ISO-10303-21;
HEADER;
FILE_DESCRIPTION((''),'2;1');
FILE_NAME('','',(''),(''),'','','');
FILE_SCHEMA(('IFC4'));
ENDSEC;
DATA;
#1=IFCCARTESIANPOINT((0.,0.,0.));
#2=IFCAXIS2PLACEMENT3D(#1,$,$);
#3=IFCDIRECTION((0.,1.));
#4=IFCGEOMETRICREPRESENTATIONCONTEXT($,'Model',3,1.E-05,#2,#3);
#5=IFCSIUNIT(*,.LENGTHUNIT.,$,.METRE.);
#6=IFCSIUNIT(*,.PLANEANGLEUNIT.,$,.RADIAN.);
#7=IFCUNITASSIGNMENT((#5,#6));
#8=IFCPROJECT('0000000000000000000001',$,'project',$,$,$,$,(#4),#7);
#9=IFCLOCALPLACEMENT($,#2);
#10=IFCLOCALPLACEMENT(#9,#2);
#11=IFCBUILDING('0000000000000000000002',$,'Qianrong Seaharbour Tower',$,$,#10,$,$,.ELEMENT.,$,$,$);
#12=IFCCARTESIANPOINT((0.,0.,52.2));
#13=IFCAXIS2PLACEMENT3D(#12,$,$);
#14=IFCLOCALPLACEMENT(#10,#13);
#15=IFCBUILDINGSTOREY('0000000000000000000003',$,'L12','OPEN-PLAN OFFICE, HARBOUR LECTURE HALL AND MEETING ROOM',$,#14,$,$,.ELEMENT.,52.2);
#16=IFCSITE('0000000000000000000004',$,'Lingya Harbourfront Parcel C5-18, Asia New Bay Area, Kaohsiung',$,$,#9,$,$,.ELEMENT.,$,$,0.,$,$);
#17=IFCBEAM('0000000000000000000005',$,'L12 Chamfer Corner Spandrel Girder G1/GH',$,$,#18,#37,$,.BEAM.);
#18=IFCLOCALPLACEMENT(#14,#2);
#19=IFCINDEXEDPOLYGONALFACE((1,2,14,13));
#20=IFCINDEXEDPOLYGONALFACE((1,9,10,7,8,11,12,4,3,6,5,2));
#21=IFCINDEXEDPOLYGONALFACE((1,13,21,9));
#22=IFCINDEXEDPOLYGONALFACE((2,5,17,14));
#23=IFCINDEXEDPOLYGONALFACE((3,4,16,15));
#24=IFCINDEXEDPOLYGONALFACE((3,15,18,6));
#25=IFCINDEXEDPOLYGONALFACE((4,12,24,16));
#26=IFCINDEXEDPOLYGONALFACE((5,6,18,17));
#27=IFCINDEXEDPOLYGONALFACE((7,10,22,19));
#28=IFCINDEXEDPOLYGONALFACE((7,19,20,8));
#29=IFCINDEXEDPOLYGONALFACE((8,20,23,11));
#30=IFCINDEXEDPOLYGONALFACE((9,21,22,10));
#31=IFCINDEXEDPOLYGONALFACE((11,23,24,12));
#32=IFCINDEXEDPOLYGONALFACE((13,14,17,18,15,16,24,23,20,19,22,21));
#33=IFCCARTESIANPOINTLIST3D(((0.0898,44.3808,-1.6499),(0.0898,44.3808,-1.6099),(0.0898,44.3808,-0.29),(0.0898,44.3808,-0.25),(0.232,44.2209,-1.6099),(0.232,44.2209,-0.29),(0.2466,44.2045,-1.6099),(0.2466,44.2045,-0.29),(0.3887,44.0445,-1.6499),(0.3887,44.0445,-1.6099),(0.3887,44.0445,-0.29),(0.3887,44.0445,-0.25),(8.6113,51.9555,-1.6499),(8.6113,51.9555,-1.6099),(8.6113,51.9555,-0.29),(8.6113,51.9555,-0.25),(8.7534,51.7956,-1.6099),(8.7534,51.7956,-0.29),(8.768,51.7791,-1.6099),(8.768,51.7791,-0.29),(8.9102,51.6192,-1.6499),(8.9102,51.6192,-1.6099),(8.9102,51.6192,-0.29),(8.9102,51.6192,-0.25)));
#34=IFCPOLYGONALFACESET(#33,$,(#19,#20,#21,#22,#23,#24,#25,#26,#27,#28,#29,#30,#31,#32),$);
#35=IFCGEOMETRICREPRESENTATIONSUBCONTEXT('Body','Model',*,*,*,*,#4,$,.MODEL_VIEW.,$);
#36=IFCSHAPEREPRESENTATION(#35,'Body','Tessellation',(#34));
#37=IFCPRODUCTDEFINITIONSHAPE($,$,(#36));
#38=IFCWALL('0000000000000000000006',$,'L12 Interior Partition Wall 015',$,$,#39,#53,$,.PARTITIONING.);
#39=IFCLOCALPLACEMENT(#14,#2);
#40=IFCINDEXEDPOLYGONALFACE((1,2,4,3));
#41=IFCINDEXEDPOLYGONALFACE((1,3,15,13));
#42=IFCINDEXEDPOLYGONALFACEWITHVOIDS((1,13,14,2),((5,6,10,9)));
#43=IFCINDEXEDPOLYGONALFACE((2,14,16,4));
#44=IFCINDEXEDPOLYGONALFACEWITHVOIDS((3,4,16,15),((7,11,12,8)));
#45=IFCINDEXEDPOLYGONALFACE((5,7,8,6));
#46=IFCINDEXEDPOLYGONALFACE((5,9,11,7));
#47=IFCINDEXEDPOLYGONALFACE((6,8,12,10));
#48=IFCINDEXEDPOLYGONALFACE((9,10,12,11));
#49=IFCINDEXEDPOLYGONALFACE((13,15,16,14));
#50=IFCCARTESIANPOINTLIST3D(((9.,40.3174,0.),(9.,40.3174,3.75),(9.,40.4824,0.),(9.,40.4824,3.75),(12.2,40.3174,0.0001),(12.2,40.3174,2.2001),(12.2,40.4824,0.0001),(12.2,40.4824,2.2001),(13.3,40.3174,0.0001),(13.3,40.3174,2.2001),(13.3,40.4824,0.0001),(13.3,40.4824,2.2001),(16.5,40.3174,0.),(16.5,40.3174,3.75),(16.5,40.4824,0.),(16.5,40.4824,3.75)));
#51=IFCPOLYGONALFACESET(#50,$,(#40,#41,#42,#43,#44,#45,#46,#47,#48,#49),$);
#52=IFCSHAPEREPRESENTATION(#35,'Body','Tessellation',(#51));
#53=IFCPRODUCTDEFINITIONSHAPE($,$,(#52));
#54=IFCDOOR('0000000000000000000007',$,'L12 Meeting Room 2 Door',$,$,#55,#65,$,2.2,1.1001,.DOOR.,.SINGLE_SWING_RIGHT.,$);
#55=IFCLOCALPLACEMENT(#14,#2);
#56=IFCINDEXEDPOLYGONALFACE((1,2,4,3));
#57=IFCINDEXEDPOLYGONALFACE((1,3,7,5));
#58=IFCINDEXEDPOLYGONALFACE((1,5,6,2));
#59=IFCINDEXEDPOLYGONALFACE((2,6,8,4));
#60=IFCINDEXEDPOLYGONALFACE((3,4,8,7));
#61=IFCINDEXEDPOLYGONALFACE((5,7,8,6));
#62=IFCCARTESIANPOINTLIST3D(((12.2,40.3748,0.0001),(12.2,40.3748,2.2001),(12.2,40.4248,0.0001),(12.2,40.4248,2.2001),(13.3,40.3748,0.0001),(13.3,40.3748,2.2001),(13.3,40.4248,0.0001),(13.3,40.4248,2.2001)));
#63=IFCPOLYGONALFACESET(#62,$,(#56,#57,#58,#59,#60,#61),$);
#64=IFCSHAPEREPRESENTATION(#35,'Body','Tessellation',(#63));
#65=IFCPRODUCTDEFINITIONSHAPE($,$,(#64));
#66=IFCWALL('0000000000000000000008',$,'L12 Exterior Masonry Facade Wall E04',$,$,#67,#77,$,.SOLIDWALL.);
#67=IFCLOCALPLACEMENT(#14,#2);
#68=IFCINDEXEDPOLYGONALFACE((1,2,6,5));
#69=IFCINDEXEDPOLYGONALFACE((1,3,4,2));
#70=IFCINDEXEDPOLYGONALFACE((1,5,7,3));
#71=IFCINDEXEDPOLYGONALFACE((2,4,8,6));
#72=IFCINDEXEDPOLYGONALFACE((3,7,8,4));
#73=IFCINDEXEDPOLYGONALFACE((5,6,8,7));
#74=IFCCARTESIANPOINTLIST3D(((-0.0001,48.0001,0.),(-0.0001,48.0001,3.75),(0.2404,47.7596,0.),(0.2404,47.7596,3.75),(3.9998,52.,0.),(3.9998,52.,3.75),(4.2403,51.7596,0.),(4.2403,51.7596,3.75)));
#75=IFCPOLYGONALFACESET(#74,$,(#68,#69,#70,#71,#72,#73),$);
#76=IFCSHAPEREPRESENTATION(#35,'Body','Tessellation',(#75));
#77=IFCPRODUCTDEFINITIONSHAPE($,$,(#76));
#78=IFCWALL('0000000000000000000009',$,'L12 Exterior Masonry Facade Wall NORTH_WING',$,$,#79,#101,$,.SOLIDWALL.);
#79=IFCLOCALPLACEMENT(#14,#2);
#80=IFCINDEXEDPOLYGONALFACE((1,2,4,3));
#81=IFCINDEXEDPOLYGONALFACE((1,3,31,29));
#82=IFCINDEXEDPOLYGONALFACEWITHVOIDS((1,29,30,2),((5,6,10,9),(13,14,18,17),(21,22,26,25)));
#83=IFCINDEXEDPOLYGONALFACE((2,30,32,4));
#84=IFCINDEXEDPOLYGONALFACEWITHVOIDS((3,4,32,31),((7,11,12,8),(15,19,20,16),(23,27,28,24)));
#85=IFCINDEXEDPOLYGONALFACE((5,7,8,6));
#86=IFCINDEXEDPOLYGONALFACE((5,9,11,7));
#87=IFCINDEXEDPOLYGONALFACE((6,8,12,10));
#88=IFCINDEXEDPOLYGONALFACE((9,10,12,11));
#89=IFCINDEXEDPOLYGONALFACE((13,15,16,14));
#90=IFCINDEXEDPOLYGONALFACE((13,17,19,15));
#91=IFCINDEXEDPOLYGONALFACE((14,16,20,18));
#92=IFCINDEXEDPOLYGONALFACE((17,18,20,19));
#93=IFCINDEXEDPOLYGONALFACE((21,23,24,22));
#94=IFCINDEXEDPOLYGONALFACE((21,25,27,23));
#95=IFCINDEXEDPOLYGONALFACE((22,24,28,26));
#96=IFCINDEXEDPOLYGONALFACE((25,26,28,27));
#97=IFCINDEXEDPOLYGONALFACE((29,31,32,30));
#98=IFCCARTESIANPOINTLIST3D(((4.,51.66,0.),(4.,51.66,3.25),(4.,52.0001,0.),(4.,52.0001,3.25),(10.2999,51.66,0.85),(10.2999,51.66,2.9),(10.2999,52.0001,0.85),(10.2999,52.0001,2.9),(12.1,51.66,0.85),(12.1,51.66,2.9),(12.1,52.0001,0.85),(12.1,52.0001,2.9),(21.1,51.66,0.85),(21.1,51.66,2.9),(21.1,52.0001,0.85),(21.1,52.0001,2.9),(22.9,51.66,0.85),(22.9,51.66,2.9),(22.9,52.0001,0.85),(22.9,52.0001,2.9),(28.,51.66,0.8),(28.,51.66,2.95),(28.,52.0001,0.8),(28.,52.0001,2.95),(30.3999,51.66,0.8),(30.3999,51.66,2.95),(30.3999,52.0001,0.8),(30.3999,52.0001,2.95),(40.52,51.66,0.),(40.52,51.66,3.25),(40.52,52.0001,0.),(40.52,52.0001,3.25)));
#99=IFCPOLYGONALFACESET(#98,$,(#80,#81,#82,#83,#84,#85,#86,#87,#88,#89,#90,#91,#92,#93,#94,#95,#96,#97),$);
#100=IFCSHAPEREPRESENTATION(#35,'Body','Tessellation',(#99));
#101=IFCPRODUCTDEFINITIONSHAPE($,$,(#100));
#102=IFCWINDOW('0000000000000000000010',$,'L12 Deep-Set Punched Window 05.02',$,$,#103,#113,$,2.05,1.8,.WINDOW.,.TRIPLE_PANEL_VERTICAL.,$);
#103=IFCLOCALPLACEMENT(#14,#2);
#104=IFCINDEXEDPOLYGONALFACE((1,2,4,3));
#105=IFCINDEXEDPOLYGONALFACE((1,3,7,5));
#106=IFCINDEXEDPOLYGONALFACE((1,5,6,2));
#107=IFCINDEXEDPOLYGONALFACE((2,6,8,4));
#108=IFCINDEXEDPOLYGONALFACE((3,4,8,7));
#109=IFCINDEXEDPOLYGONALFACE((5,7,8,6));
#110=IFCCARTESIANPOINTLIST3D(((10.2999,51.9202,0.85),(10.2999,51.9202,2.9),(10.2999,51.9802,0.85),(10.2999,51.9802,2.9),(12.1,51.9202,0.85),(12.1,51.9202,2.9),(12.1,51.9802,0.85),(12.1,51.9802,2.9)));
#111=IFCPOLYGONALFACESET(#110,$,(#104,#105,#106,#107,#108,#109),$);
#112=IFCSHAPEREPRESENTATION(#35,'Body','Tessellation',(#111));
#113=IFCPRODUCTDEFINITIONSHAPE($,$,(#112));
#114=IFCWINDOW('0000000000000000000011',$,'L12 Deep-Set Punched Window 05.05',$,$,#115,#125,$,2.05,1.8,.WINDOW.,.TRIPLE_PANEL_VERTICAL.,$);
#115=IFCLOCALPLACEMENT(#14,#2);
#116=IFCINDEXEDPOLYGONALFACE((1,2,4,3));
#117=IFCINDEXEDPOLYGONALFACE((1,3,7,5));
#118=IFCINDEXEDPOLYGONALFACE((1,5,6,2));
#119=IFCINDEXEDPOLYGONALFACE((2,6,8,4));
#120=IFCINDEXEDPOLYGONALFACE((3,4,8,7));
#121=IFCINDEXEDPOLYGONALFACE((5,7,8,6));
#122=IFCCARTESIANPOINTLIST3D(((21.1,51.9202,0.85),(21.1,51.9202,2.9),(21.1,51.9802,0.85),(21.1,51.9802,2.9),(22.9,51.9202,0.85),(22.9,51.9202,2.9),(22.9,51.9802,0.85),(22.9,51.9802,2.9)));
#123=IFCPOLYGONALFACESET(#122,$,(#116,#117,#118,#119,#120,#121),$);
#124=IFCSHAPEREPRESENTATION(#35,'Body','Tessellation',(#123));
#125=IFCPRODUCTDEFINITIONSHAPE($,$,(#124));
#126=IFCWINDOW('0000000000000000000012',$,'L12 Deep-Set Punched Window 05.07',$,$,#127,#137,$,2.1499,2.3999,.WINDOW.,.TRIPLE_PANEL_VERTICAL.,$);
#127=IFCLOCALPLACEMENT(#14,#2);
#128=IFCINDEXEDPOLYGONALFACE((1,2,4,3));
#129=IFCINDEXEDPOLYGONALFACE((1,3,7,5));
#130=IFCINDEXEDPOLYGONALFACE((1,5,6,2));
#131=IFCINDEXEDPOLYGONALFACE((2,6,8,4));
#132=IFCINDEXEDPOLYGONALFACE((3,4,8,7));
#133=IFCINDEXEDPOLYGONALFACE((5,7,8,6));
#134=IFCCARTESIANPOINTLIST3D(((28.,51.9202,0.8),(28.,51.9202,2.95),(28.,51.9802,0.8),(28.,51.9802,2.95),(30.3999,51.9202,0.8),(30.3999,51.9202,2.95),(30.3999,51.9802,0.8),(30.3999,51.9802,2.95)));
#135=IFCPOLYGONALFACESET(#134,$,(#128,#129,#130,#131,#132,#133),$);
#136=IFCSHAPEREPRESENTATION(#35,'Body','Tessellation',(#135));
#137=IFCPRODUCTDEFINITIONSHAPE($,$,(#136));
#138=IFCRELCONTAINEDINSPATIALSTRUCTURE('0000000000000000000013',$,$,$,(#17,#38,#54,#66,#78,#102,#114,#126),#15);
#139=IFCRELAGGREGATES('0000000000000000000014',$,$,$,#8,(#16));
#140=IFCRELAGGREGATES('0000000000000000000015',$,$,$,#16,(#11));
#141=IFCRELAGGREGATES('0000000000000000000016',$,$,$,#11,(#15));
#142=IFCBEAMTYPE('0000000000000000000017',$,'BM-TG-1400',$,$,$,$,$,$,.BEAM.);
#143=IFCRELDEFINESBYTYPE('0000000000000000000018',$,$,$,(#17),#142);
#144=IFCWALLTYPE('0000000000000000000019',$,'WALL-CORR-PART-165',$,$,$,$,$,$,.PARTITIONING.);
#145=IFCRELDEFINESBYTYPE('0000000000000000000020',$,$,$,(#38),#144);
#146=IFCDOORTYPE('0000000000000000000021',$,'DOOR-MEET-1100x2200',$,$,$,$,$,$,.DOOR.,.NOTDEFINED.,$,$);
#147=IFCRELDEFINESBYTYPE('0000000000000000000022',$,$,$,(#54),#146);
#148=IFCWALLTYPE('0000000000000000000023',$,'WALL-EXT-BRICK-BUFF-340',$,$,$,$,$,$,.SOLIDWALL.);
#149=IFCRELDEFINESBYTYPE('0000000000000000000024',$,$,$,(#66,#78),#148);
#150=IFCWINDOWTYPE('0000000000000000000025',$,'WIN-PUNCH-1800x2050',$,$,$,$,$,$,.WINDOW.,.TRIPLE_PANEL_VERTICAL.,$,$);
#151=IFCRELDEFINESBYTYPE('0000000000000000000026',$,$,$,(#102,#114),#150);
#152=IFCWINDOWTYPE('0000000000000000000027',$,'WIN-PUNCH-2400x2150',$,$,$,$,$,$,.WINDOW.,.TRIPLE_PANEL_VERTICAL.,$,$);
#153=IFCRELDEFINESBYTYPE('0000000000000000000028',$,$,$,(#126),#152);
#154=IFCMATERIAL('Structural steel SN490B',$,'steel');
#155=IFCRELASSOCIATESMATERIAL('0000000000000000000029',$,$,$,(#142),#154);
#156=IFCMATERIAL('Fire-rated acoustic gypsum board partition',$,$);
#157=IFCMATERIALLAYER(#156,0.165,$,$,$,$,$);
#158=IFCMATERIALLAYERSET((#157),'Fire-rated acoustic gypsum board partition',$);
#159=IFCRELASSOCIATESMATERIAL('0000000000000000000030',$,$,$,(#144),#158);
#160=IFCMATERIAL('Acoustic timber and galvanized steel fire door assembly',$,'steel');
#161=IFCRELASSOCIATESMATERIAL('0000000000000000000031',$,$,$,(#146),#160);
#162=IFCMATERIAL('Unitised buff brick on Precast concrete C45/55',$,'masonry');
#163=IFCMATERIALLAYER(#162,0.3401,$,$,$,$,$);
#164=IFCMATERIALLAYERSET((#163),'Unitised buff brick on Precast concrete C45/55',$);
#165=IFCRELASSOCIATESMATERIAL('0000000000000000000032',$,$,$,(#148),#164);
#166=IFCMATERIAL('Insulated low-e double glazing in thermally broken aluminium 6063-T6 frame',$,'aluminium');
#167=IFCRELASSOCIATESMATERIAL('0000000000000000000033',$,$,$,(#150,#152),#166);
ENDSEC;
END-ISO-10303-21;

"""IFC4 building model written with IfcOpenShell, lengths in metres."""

from ifc_helpers import new_model, si_unit, direction, frame, frame_2d, origin, origin_2d, place, context, subcontext, project, spatial, rectangle, i_section, extrude, material, layer, layer_set, material_profile, profile_set, type_object, element, fill, save


model = new_model("IFC4")

# Units and contexts
model_context = context("Model", 3, precision=1e-05, world=origin(), true_north=direction((0.0, 1.0)))
body_context = subcontext(model_context, "Body", "Model", "MODEL_VIEW")
ifc_project = project(units=[si_unit("LENGTHUNIT", "METRE"), si_unit("PLANEANGLEUNIT", "RADIAN")], contexts=[model_context])

# Site, building, storey
site_placement = place(None, origin())
site = spatial("IfcSite", under=ifc_project, at=site_placement, Name="Lingya Harbourfront Parcel C5-18, Asia New Bay Area, Kaohsiung", CompositionType="ELEMENT", RefElevation=0.0)
building_placement = place(site_placement, origin())
building = spatial("IfcBuilding", under=site, at=building_placement, Name="Qianrong Seaharbour Tower", CompositionType="ELEMENT")
storey_placement = place(building_placement, frame((0.0, 0.0, 52.2)))
storey = spatial("IfcBuildingStorey", under=building, at=storey_placement, Name="L12", Description="OPEN-PLAN OFFICE, HARBOUR LECTURE HALL AND MEETING ROOM", CompositionType="ELEMENT", Elevation=52.2)

# Shared definitions
ifc_material_1 = material(Name="Structural steel SN490B", Category="steel")

# Beam
ifc_material_profile_1 = material_profile(ifc_material_1, i_section(OverallWidth=0.45, OverallDepth=1.3999, WebThickness=0.022, FlangeThickness=0.04, at=origin_2d()), Name="BH1400x450x22x40")
ifc_profile_set_1 = profile_set([ifc_material_profile_1], Name="Structural steel SN490B")
beam_type_1 = type_object("IfcBeamType", Name="BM-TG-1400", PredefinedType="BEAM", material=ifc_profile_set_1)
beam_1_placement = place(storey_placement, frame((8.7607, 51.7874, -0.95), z_axis=(-0.747407, -0.664366, 0.0), x_axis=(0.664366, -0.747407, 0.0)))
element("IfcBeam", 1, at=beam_1_placement, inside=storey, type_object=beam_type_1, Name="L12 Chamfer Corner Spandrel Girder G1/GH", PredefinedType="BEAM", context=body_context, shape_type="SweptSolid", body=[
    extrude(i_section(OverallWidth=0.45, OverallDepth=1.3999, WebThickness=0.022, FlangeThickness=0.04, at=origin_2d()), origin(), (0.0, 0.0, 1.0), 11.4014),
])

# Wall, opening, door
ifc_material_2 = material(Name="Fire-rated acoustic gypsum board partition")
ifc_layer_1 = layer(ifc_material_2, 0.165)
ifc_layer_set_1 = layer_set([ifc_layer_1], Name="Fire-rated acoustic gypsum board partition")
wall_type_1 = type_object("IfcWallType", Name="WALL-CORR-PART-165", PredefinedType="PARTITIONING", material=ifc_layer_set_1)
wall_1_placement = place(storey_placement, frame((9.0, 40.3999, 0.0), z_axis=(0.0, 0.0, 1.0), x_axis=(1.0, 0.0, 0.0)))
wall_1 = element("IfcWall", 2, at=wall_1_placement, inside=storey, type_object=wall_type_1, Name="L12 Interior Partition Wall 015", PredefinedType="PARTITIONING", context=body_context, shape_type="SweptSolid", body=[
    extrude(rectangle(XDim=7.5, YDim=0.165, at=frame_2d((3.75, 0.0))), origin(), (0.0, 0.0, 1.0), 3.75),
])
opening_1_placement = place(wall_1_placement, frame((3.2, 0.0, 0.0)))
opening_1 = element("IfcOpeningElement", 3, at=opening_1_placement, cuts=wall_1, PredefinedType="OPENING", context=body_context, shape_type="SweptSolid", body=[
    extrude(rectangle(XDim=1.1001, YDim=2.2, at=frame_2d((0.55, 1.1001))), frame((0.0, 0.0925, 0.0), z_axis=(0.0, -1.0, 0.0), x_axis=(1.0, 0.0, 0.0)), (0.0, 0.0, 1.0), 0.1851),
])
ifc_material_3 = material(Name="Acoustic timber and galvanized steel fire door assembly", Category="steel")
door_type = type_object("IfcDoorType", Name="DOOR-MEET-1100x2200", OperationType="NOTDEFINED", PredefinedType="DOOR", material=ifc_material_3)
door_1_placement = place(opening_1_placement, origin())
door_1 = element("IfcDoor", 4, at=door_1_placement, inside=storey, type_object=door_type, Name="L12 Meeting Room 2 Door", OperationType="SINGLE_SWING_RIGHT", OverallHeight=2.2, OverallWidth=1.1001, PredefinedType="DOOR", context=body_context, shape_type="SweptSolid", body=[
    extrude(rectangle(XDim=1.1001, YDim=2.2, at=frame_2d((0.55, 1.1001))), frame((0.0, 0.0249, 0.0), z_axis=(0.0, -1.0, 0.0), x_axis=(1.0, 0.0, 0.0)), (0.0, 0.0, 1.0), 0.05),
])
fill(opening_1, door_1)

# Wall
ifc_material_4 = material(Name="Unitised buff brick on Precast concrete C45/55", Category="masonry")
ifc_layer_2 = layer(ifc_material_4, 0.3401)
ifc_layer_set_2 = layer_set([ifc_layer_2], Name="Unitised buff brick on Precast concrete C45/55")
wall_type_2 = type_object("IfcWallType", Name="WALL-EXT-BRICK-BUFF-340", PredefinedType="SOLIDWALL", material=ifc_layer_set_2)
wall_2_placement = place(storey_placement, frame((0.1201, 47.8799, 0.0), z_axis=(0.0, 0.0, 1.0), x_axis=(0.707107, 0.707107, 0.0)))
element("IfcWall", 5, at=wall_2_placement, inside=storey, type_object=wall_type_2, Name="L12 Exterior Masonry Facade Wall E04", PredefinedType="SOLIDWALL", context=body_context, shape_type="SweptSolid", body=[
    extrude(rectangle(XDim=5.6567, YDim=0.3401, at=frame_2d((2.8284, 0.0))), origin(), (0.0, 0.0, 1.0), 3.75),
])

# Wall, openings, windows
wall_3_placement = place(storey_placement, frame((4.0, 51.8301, 0.0), z_axis=(0.0, 0.0, 1.0), x_axis=(1.0, 0.0, 0.0)))
wall_3 = element("IfcWall", 6, at=wall_3_placement, inside=storey, type_object=wall_type_2, Name="L12 Exterior Masonry Facade Wall NORTH_WING", PredefinedType="SOLIDWALL", context=body_context, shape_type="SweptSolid", body=[
    extrude(rectangle(XDim=36.52, YDim=0.3401, at=frame_2d((18.26, 0.0))), origin(), (0.0, 0.0, 1.0), 3.25),
])
opening_2_placement = place(wall_3_placement, frame((6.3, 0.0, 0.8501)))
opening_2 = element("IfcOpeningElement", 7, at=opening_2_placement, cuts=wall_3, PredefinedType="OPENING", context=body_context, shape_type="SweptSolid", body=[
    extrude(rectangle(XDim=1.8, YDim=2.05, at=frame_2d((0.8999, 1.0249))), frame((0.0, 0.1802, 0.0), z_axis=(0.0, -1.0, 0.0), x_axis=(1.0, 0.0, 0.0)), (0.0, 0.0, 1.0), 0.3601),
])
opening_3_placement = place(wall_3_placement, frame((17.1001, 0.0, 0.8501)))
opening_3 = element("IfcOpeningElement", 8, at=opening_3_placement, cuts=wall_3, PredefinedType="OPENING", context=body_context, shape_type="SweptSolid", body=[
    extrude(rectangle(XDim=1.8, YDim=2.05, at=frame_2d((0.8999, 1.0249))), frame((0.0, 0.1802, 0.0), z_axis=(0.0, -1.0, 0.0), x_axis=(1.0, 0.0, 0.0)), (0.0, 0.0, 1.0), 0.3601),
])
opening_4_placement = place(wall_3_placement, frame((24.0, 0.0, 0.8)))
opening_4 = element("IfcOpeningElement", 9, at=opening_4_placement, cuts=wall_3, PredefinedType="OPENING", context=body_context, shape_type="SweptSolid", body=[
    extrude(rectangle(XDim=2.3999, YDim=2.1499, at=frame_2d((1.2, 1.075))), frame((0.0, 0.1802, 0.0), z_axis=(0.0, -1.0, 0.0), x_axis=(1.0, 0.0, 0.0)), (0.0, 0.0, 1.0), 0.3601),
])
ifc_material_5 = material(Name="Insulated low-e double glazing in thermally broken aluminium 6063-T6 frame", Category="aluminium")
window_type_1 = type_object("IfcWindowType", Name="WIN-PUNCH-1800x2050", PartitioningType="TRIPLE_PANEL_VERTICAL", PredefinedType="WINDOW", material=ifc_material_5)
window_1_placement = place(opening_2_placement, origin())
window_1 = element("IfcWindow", 10, at=window_1_placement, inside=storey, type_object=window_type_1, Name="L12 Deep-Set Punched Window 05.02", OverallHeight=2.05, OverallWidth=1.8, PartitioningType="TRIPLE_PANEL_VERTICAL", PredefinedType="WINDOW", context=body_context, shape_type="SweptSolid", body=[
    extrude(rectangle(XDim=1.8, YDim=2.05, at=frame_2d((0.8999, 1.0249))), frame((0.0, 0.1501, 0.0), z_axis=(0.0, -1.0, 0.0), x_axis=(1.0, 0.0, 0.0)), (0.0, 0.0, 1.0), 0.0601),
])
fill(opening_2, window_1)
window_2_placement = place(opening_3_placement, origin())
window_2 = element("IfcWindow", 11, at=window_2_placement, inside=storey, type_object=window_type_1, Name="L12 Deep-Set Punched Window 05.05", OverallHeight=2.05, OverallWidth=1.8, PartitioningType="TRIPLE_PANEL_VERTICAL", PredefinedType="WINDOW", context=body_context, shape_type="SweptSolid", body=[
    extrude(rectangle(XDim=1.8, YDim=2.05, at=frame_2d((0.8999, 1.0249))), frame((0.0, 0.1501, 0.0), z_axis=(0.0, -1.0, 0.0), x_axis=(1.0, 0.0, 0.0)), (0.0, 0.0, 1.0), 0.0601),
])
fill(opening_3, window_2)
window_type_2 = type_object("IfcWindowType", Name="WIN-PUNCH-2400x2150", PartitioningType="TRIPLE_PANEL_VERTICAL", PredefinedType="WINDOW", material=ifc_material_5)
window_3_placement = place(opening_4_placement, origin())
window_3 = element("IfcWindow", 12, at=window_3_placement, inside=storey, type_object=window_type_2, Name="L12 Deep-Set Punched Window 05.07", OverallHeight=2.1499, OverallWidth=2.3999, PartitioningType="TRIPLE_PANEL_VERTICAL", PredefinedType="WINDOW", context=body_context, shape_type="SweptSolid", body=[
    extrude(rectangle(XDim=2.3999, YDim=2.1499, at=frame_2d((1.2, 1.075))), frame((0.0, 0.1501, 0.0), z_axis=(0.0, -1.0, 0.0), x_axis=(1.0, 0.0, 0.0)), (0.0, 0.0, 1.0), 0.0601),
])
fill(opening_4, window_3)

save(model, "model.ifc")
